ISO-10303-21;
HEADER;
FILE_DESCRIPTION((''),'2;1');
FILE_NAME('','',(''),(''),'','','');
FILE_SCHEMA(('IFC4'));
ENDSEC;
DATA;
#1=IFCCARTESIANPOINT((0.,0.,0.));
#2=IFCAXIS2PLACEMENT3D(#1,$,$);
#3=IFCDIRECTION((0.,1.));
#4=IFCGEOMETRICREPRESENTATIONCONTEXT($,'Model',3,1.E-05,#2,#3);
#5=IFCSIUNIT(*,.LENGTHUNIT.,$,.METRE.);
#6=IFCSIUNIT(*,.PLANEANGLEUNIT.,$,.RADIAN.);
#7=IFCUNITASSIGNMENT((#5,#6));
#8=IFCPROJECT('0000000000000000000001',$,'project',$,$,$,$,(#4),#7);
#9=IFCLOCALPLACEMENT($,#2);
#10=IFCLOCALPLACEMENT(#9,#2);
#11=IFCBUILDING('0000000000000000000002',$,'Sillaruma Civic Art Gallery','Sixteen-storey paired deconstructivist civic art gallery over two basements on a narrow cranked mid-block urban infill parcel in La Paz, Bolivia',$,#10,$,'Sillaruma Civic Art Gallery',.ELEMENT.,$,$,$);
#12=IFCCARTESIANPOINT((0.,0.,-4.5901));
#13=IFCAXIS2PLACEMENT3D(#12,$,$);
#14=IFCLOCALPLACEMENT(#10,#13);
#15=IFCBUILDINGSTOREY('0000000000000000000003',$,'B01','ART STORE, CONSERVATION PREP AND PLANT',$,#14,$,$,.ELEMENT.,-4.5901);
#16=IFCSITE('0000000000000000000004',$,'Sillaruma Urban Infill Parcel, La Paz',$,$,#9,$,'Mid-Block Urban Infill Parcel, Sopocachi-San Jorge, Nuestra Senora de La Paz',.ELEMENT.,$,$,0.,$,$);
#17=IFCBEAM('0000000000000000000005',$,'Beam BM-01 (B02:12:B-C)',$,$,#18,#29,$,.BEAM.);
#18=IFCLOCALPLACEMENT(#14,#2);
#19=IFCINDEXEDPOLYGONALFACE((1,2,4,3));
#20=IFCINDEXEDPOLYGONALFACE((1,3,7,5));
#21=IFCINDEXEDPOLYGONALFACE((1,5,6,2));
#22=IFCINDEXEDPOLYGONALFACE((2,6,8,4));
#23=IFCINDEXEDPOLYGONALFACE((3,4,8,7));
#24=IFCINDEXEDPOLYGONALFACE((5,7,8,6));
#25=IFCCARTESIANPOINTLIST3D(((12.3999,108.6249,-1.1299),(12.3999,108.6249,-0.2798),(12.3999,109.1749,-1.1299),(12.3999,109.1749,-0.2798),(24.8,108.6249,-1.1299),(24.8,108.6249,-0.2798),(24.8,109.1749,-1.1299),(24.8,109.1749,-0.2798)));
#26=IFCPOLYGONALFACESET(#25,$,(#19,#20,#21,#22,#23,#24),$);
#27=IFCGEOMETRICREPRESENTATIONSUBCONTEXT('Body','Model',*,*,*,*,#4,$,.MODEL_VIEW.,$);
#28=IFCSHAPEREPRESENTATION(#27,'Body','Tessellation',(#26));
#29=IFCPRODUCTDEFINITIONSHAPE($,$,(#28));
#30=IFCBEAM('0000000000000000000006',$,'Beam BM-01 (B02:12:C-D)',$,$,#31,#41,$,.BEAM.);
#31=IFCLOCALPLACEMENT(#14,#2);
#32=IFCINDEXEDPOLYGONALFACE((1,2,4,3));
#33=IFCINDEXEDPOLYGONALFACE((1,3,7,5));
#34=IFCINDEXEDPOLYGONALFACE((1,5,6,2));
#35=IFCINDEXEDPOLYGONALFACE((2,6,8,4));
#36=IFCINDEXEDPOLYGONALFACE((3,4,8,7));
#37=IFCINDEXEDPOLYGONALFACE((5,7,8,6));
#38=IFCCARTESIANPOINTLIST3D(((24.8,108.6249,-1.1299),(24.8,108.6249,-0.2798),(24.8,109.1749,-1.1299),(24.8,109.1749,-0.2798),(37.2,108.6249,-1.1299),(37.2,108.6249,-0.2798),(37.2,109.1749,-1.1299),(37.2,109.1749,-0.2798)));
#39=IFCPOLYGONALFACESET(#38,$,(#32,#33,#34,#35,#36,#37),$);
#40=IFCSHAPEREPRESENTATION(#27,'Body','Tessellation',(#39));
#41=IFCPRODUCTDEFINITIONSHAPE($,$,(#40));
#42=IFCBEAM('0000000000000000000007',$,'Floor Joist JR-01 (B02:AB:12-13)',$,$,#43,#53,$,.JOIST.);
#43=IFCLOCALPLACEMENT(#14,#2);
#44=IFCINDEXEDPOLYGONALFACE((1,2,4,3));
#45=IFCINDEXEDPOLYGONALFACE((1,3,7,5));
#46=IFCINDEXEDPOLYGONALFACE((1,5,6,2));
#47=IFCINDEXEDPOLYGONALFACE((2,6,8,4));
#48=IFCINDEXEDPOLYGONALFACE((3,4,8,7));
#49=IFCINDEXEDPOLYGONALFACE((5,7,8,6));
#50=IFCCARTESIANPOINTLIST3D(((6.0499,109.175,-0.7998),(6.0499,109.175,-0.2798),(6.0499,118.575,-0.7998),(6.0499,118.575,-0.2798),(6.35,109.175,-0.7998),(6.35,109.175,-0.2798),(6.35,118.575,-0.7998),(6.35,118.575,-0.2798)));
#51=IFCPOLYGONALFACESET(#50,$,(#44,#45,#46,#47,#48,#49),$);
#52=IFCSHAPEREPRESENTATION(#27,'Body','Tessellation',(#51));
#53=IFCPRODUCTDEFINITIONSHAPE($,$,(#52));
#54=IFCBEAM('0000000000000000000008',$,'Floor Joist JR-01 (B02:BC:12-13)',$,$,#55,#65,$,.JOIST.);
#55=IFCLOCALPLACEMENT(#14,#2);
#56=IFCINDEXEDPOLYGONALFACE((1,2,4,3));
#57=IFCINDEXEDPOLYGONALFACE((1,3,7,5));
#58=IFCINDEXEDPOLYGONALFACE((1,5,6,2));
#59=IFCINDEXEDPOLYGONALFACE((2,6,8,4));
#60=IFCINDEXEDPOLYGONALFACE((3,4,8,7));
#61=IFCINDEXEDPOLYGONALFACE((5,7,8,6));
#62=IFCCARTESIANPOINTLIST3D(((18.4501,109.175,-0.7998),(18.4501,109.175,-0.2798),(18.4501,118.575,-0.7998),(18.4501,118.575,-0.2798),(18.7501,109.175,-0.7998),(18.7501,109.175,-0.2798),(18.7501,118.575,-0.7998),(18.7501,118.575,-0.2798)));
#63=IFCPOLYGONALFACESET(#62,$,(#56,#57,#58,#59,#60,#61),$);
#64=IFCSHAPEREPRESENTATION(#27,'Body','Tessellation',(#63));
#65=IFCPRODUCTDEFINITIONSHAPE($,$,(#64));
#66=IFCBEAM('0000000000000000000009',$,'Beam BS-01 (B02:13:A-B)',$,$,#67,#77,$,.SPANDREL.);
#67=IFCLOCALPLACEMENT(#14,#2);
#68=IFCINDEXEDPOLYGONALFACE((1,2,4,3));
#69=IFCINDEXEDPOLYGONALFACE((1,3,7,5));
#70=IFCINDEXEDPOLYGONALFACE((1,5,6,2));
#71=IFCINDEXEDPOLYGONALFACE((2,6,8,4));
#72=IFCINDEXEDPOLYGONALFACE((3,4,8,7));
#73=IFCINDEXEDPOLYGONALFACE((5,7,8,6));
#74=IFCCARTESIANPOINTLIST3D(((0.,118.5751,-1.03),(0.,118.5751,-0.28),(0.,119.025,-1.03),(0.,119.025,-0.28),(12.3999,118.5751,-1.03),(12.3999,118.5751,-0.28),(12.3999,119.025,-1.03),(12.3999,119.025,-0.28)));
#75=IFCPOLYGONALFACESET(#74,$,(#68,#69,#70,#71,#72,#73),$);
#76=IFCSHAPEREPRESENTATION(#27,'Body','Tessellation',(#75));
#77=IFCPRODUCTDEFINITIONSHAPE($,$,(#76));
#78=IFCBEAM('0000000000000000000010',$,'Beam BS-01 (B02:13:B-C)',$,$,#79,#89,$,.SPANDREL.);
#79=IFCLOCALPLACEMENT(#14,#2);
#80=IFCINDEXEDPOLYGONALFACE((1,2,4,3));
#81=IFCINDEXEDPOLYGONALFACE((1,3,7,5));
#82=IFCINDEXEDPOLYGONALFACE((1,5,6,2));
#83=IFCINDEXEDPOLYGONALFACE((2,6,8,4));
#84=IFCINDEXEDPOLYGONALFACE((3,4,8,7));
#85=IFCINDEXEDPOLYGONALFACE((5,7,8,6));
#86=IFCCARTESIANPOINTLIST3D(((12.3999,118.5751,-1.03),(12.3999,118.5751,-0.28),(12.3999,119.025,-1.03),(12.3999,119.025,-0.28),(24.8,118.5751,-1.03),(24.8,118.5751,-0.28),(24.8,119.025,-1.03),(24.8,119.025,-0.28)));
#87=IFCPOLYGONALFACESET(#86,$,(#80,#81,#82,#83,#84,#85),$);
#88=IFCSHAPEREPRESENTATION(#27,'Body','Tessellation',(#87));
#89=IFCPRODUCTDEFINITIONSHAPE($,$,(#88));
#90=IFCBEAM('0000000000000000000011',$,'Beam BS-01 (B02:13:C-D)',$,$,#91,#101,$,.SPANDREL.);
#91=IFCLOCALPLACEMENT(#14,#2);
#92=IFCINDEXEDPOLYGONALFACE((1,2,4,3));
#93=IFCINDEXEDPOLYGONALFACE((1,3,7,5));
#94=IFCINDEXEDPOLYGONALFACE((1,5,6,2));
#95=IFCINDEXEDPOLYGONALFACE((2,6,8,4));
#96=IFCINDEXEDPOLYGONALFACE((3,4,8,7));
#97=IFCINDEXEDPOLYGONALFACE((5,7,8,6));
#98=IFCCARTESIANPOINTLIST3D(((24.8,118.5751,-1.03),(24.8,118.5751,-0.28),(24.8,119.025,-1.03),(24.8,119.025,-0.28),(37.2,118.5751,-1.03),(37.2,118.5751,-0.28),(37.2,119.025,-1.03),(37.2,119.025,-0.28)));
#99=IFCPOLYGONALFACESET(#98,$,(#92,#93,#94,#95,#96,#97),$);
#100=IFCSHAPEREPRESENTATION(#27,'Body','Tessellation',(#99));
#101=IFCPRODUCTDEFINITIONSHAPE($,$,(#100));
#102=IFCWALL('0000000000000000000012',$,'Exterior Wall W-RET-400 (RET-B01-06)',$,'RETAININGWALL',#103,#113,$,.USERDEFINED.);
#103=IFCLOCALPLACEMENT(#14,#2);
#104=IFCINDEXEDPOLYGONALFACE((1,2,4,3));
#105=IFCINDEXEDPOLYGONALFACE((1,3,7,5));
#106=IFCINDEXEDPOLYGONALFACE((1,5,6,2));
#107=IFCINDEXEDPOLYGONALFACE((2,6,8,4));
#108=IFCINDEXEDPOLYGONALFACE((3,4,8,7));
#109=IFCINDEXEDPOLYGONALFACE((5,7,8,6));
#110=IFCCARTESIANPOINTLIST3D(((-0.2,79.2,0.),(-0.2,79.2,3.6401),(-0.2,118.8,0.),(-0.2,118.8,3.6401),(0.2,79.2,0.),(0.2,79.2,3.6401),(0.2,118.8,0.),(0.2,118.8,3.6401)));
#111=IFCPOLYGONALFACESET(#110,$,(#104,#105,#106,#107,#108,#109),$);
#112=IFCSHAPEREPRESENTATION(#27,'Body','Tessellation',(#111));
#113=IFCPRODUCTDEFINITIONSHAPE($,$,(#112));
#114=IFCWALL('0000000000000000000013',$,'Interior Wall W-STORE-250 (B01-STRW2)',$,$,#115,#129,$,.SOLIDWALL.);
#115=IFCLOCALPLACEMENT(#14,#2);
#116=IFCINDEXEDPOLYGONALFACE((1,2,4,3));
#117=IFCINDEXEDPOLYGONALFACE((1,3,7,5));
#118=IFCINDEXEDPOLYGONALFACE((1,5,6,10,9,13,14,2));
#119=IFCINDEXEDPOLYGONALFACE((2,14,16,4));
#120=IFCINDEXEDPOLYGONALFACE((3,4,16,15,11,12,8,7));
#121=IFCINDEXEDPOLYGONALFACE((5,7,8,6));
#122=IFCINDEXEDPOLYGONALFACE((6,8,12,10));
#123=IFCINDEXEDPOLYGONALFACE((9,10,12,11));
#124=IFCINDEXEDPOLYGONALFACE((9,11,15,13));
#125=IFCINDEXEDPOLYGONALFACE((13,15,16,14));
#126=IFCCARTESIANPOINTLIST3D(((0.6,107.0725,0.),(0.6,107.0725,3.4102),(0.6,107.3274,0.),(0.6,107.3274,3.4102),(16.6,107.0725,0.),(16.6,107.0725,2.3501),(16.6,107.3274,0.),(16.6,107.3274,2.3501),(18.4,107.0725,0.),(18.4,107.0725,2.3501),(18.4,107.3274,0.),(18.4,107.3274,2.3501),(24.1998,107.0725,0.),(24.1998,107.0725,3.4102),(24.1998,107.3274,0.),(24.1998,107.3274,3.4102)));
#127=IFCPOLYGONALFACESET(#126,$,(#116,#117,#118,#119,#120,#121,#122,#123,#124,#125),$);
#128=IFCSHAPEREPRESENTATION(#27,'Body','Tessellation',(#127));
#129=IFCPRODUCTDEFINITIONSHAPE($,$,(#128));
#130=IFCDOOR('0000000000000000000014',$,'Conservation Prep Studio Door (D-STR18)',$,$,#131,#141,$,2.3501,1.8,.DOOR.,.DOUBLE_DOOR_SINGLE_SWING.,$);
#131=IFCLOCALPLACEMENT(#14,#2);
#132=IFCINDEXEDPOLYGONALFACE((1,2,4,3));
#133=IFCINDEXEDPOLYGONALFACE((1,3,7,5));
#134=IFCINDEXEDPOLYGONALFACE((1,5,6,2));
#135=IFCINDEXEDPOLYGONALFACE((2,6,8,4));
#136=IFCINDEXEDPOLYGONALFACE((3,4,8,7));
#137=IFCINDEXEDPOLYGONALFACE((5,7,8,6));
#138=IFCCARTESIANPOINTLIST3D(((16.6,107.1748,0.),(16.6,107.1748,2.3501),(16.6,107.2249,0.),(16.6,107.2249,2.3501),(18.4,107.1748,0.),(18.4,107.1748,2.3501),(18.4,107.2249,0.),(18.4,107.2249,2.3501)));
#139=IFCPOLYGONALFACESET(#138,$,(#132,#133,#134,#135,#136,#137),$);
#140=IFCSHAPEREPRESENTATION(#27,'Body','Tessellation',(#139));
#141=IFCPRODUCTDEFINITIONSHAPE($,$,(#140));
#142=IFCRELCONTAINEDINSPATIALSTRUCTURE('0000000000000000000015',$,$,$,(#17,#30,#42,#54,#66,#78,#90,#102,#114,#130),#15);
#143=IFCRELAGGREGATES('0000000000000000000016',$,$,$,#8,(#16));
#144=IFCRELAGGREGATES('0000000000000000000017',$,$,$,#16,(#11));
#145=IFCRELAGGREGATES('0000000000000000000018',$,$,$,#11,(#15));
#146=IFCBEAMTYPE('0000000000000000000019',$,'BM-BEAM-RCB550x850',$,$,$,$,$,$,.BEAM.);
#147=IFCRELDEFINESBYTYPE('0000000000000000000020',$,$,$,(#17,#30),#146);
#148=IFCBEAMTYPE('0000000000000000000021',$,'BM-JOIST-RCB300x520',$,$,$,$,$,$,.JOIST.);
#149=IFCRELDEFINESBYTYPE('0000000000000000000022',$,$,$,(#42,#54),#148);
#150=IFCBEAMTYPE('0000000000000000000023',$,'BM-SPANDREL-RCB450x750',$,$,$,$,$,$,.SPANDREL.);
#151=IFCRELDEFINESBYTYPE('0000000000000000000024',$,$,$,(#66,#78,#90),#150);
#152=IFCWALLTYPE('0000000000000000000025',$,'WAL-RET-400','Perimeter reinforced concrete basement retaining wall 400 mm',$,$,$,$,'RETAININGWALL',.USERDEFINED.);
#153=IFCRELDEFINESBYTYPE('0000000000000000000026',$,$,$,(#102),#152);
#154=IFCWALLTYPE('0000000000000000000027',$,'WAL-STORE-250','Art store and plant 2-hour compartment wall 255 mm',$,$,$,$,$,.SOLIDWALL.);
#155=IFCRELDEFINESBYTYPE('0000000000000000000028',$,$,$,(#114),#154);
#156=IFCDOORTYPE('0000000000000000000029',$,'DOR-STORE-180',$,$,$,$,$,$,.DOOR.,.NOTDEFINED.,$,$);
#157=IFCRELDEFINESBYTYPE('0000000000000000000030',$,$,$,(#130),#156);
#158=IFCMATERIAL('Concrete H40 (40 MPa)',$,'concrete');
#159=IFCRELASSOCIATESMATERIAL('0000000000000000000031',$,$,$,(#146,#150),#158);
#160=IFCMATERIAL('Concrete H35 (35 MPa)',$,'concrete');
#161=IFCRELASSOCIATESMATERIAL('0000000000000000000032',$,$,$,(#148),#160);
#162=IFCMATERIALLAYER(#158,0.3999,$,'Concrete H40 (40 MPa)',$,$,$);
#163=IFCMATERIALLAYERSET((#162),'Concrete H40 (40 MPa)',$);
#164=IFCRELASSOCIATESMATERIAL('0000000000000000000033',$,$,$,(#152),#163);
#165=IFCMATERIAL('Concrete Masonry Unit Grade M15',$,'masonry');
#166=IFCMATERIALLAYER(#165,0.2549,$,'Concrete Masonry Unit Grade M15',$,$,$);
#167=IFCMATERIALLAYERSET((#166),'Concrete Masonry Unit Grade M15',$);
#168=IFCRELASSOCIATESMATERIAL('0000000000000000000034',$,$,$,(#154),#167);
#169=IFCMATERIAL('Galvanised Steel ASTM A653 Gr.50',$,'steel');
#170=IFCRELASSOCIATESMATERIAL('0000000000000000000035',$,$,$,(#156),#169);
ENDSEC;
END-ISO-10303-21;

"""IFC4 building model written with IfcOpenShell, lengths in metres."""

from ifc_helpers import new_model, si_unit, direction, frame, frame_2d, origin, origin_2d, place, context, subcontext, project, spatial, rectangle, extrude, material, layer, layer_set, material_profile, profile_set, type_object, element, fill, save


model = new_model("IFC4")

# Units and contexts
model_context = context("Model", 3, precision=1e-05, world=origin(), true_north=direction((0.0, 1.0)))
body_context = subcontext(model_context, "Body", "Model", "MODEL_VIEW")
ifc_project = project(units=[si_unit("LENGTHUNIT", "METRE"), si_unit("PLANEANGLEUNIT", "RADIAN")], contexts=[model_context])

# Site, building, storey
site_placement = place(None, origin())
site = spatial("IfcSite", under=ifc_project, at=site_placement, Name="Sillaruma Urban Infill Parcel, La Paz", LongName="Mid-Block Urban Infill Parcel, Sopocachi-San Jorge, Nuestra Senora de La Paz", CompositionType="ELEMENT", RefElevation=0.0)
building_placement = place(site_placement, origin())
building = spatial("IfcBuilding", under=site, at=building_placement, Name="Sillaruma Civic Art Gallery", Description="Sixteen-storey paired deconstructivist civic art gallery over two basements on a narrow cranked mid-block urban infill parcel in La Paz, Bolivia", LongName="Sillaruma Civic Art Gallery", CompositionType="ELEMENT")
storey_placement = place(building_placement, frame((0.0, 0.0, -4.5901)))
storey = spatial("IfcBuildingStorey", under=building, at=storey_placement, Name="B01", Description="ART STORE, CONSERVATION PREP AND PLANT", CompositionType="ELEMENT", Elevation=-4.5901)

# Shared definitions
ifc_material_1 = material(Name="Concrete H40 (40 MPa)", Category="concrete")

# Beams
ifc_material_profile_1 = material_profile(ifc_material_1, rectangle(XDim=0.55, YDim=0.8501, at=origin_2d()), Name="RCB550x850")
ifc_profile_set_1 = profile_set([ifc_material_profile_1], Name="Concrete H40 (40 MPa)")
beam_type_1 = type_object("IfcBeamType", Name="BM-BEAM-RCB550x850", PredefinedType="BEAM", material=ifc_profile_set_1)
beam_1_placement = place(storey_placement, frame((12.3999, 108.8999, -0.7048), z_axis=(1.0, 0.0, 0.0), x_axis=(0.0, 1.0, 0.0)))
element("IfcBeam", 1, at=beam_1_placement, inside=storey, type_object=beam_type_1, Name="Beam BM-01 (B02:12:B-C)", PredefinedType="BEAM", context=body_context, shape_type="SweptSolid", body=[
    extrude(rectangle(XDim=0.55, YDim=0.8501, at=origin_2d()), origin(), (0.0, 0.0, 1.0), 12.4001),
])
beam_2_placement = place(storey_placement, frame((24.8, 108.8999, -0.7048), z_axis=(1.0, 0.0, 0.0), x_axis=(0.0, 1.0, 0.0)))
element("IfcBeam", 2, at=beam_2_placement, inside=storey, type_object=beam_type_1, Name="Beam BM-01 (B02:12:C-D)", PredefinedType="BEAM", context=body_context, shape_type="SweptSolid", body=[
    extrude(rectangle(XDim=0.55, YDim=0.8501, at=origin_2d()), origin(), (0.0, 0.0, 1.0), 12.3999),
])
ifc_material_2 = material(Name="Concrete H35 (35 MPa)", Category="concrete")
ifc_material_profile_2 = material_profile(ifc_material_2, rectangle(XDim=0.3, YDim=0.52, at=origin_2d()), Name="RCB300x520")
ifc_profile_set_2 = profile_set([ifc_material_profile_2], Name="Concrete H35 (35 MPa)")
beam_type_2 = type_object("IfcBeamType", Name="BM-JOIST-RCB300x520", PredefinedType="JOIST", material=ifc_profile_set_2)
for number, where, z_axis, x_axis, name in (
    (3, (6.2, 109.175, -0.5398), (0.0, 1.0, 0.0), (-1.0, 0.0, 0.0), "Floor Joist JR-01 (B02:AB:12-13)"),
    (4, (18.6001, 109.175, -0.5398), (0.0, 1.0, 0.0), (-1.0, 0.0, 0.0), "Floor Joist JR-01 (B02:BC:12-13)"),
):
    element("IfcBeam", number, at=place(storey_placement, frame(where, z_axis=z_axis, x_axis=x_axis)), inside=storey, type_object=beam_type_2, Name=name, PredefinedType="JOIST", context=body_context, shape_type="SweptSolid", body=[
        extrude(rectangle(XDim=0.3, YDim=0.52, at=origin_2d()), origin(), (0.0, 0.0, 1.0), 9.3999),
    ])
ifc_material_profile_3 = material_profile(ifc_material_1, rectangle(XDim=0.45, YDim=0.75, at=origin_2d()), Name="RCB450x750")
ifc_profile_set_3 = profile_set([ifc_material_profile_3], Name="Concrete H40 (40 MPa)")
beam_type_3 = type_object("IfcBeamType", Name="BM-SPANDREL-RCB450x750", PredefinedType="SPANDREL", material=ifc_profile_set_3)
beam_3_placement = place(storey_placement, frame((0.0, 118.8, -0.655), z_axis=(1.0, 0.0, 0.0), x_axis=(0.0, 1.0, 0.0)))
element("IfcBeam", 5, at=beam_3_placement, inside=storey, type_object=beam_type_3, Name="Beam BS-01 (B02:13:A-B)", PredefinedType="SPANDREL", context=body_context, shape_type="SweptSolid", body=[
    extrude(rectangle(XDim=0.45, YDim=0.75, at=origin_2d()), origin(), (0.0, 0.0, 1.0), 12.3999),
])
beam_4_placement = place(storey_placement, frame((12.3999, 118.8, -0.655), z_axis=(1.0, 0.0, 0.0), x_axis=(0.0, 1.0, 0.0)))
element("IfcBeam", 6, at=beam_4_placement, inside=storey, type_object=beam_type_3, Name="Beam BS-01 (B02:13:B-C)", PredefinedType="SPANDREL", context=body_context, shape_type="SweptSolid", body=[
    extrude(rectangle(XDim=0.45, YDim=0.75, at=origin_2d()), origin(), (0.0, 0.0, 1.0), 12.4001),
])
beam_5_placement = place(storey_placement, frame((24.8, 118.8, -0.655), z_axis=(1.0, 0.0, 0.0), x_axis=(0.0, 1.0, 0.0)))
element("IfcBeam", 7, at=beam_5_placement, inside=storey, type_object=beam_type_3, Name="Beam BS-01 (B02:13:C-D)", PredefinedType="SPANDREL", context=body_context, shape_type="SweptSolid", body=[
    extrude(rectangle(XDim=0.45, YDim=0.75, at=origin_2d()), origin(), (0.0, 0.0, 1.0), 12.3999),
])

# Wall
ifc_layer_1 = layer(ifc_material_1, 0.3999, Name="Concrete H40 (40 MPa)")
ifc_layer_set_1 = layer_set([ifc_layer_1], Name="Concrete H40 (40 MPa)")
wall_type_1 = type_object("IfcWallType", Name="WAL-RET-400", Description="Perimeter reinforced concrete basement retaining wall 400 mm", ElementType="RETAININGWALL", PredefinedType="USERDEFINED", material=ifc_layer_set_1)
wall_1_placement = place(storey_placement, frame((0.0, 118.8, 0.0), z_axis=(0.0, 0.0, 1.0), x_axis=(0.0, -1.0, 0.0)))
element("IfcWall", 8, at=wall_1_placement, inside=storey, type_object=wall_type_1, Name="Exterior Wall W-RET-400 (RET-B01-06)", ObjectType="RETAININGWALL", PredefinedType="USERDEFINED", context=body_context, shape_type="SweptSolid", body=[
    extrude(rectangle(XDim=39.6001, YDim=0.3999, at=frame_2d((19.8, 0.0))), origin(), (0.0, 0.0, 1.0), 3.6401),
])

# Wall, opening, door
ifc_material_3 = material(Name="Concrete Masonry Unit Grade M15", Category="masonry")
ifc_layer_2 = layer(ifc_material_3, 0.2549, Name="Concrete Masonry Unit Grade M15")
ifc_layer_set_2 = layer_set([ifc_layer_2], Name="Concrete Masonry Unit Grade M15")
wall_type_2 = type_object("IfcWallType", Name="WAL-STORE-250", Description="Art store and plant 2-hour compartment wall 255 mm", PredefinedType="SOLIDWALL", material=ifc_layer_set_2)
wall_2_placement = place(storey_placement, frame((0.6001, 107.2, 0.0), z_axis=(0.0, 0.0, 1.0), x_axis=(1.0, 0.0, 0.0)))
wall_2 = element("IfcWall", 9, at=wall_2_placement, inside=storey, type_object=wall_type_2, Name="Interior Wall W-STORE-250 (B01-STRW2)", PredefinedType="SOLIDWALL", context=body_context, shape_type="SweptSolid", body=[
    extrude(rectangle(XDim=23.5999, YDim=0.2549, at=frame_2d((11.7998, 0.0))), origin(), (0.0, 0.0, 1.0), 3.4102),
])
opening_placement = place(wall_2_placement, frame((16.0, 0.0, 0.0)))
opening = element("IfcOpeningElement", 10, at=opening_placement, cuts=wall_2, PredefinedType="OPENING", context=body_context, shape_type="SweptSolid", body=[
    extrude(rectangle(XDim=1.8, YDim=2.3501, at=frame_2d((0.8999, 1.175))), frame((0.0, 0.1375, 0.0), z_axis=(0.0, -1.0, 0.0), x_axis=(1.0, 0.0, 0.0)), (0.0, 0.0, 1.0), 0.2749),
])
ifc_material_4 = material(Name="Galvanised Steel ASTM A653 Gr.50", Category="steel")
door_type = type_object("IfcDoorType", Name="DOR-STORE-180", OperationType="NOTDEFINED", PredefinedType="DOOR", material=ifc_material_4)
door_placement = place(opening_placement, origin())
door = element("IfcDoor", 11, at=door_placement, inside=storey, type_object=door_type, Name="Conservation Prep Studio Door (D-STR18)", OperationType="DOUBLE_DOOR_SINGLE_SWING", OverallHeight=2.3501, OverallWidth=1.8, PredefinedType="DOOR", context=body_context, shape_type="SweptSolid", body=[
    extrude(rectangle(XDim=1.8, YDim=2.3501, at=frame_2d((0.8999, 1.175))), frame((0.0, 0.0249, 0.0), z_axis=(0.0, -1.0, 0.0), x_axis=(1.0, 0.0, 0.0)), (0.0, 0.0, 1.0), 0.05),
])
fill(opening, door)

save(model, "model.ifc")
